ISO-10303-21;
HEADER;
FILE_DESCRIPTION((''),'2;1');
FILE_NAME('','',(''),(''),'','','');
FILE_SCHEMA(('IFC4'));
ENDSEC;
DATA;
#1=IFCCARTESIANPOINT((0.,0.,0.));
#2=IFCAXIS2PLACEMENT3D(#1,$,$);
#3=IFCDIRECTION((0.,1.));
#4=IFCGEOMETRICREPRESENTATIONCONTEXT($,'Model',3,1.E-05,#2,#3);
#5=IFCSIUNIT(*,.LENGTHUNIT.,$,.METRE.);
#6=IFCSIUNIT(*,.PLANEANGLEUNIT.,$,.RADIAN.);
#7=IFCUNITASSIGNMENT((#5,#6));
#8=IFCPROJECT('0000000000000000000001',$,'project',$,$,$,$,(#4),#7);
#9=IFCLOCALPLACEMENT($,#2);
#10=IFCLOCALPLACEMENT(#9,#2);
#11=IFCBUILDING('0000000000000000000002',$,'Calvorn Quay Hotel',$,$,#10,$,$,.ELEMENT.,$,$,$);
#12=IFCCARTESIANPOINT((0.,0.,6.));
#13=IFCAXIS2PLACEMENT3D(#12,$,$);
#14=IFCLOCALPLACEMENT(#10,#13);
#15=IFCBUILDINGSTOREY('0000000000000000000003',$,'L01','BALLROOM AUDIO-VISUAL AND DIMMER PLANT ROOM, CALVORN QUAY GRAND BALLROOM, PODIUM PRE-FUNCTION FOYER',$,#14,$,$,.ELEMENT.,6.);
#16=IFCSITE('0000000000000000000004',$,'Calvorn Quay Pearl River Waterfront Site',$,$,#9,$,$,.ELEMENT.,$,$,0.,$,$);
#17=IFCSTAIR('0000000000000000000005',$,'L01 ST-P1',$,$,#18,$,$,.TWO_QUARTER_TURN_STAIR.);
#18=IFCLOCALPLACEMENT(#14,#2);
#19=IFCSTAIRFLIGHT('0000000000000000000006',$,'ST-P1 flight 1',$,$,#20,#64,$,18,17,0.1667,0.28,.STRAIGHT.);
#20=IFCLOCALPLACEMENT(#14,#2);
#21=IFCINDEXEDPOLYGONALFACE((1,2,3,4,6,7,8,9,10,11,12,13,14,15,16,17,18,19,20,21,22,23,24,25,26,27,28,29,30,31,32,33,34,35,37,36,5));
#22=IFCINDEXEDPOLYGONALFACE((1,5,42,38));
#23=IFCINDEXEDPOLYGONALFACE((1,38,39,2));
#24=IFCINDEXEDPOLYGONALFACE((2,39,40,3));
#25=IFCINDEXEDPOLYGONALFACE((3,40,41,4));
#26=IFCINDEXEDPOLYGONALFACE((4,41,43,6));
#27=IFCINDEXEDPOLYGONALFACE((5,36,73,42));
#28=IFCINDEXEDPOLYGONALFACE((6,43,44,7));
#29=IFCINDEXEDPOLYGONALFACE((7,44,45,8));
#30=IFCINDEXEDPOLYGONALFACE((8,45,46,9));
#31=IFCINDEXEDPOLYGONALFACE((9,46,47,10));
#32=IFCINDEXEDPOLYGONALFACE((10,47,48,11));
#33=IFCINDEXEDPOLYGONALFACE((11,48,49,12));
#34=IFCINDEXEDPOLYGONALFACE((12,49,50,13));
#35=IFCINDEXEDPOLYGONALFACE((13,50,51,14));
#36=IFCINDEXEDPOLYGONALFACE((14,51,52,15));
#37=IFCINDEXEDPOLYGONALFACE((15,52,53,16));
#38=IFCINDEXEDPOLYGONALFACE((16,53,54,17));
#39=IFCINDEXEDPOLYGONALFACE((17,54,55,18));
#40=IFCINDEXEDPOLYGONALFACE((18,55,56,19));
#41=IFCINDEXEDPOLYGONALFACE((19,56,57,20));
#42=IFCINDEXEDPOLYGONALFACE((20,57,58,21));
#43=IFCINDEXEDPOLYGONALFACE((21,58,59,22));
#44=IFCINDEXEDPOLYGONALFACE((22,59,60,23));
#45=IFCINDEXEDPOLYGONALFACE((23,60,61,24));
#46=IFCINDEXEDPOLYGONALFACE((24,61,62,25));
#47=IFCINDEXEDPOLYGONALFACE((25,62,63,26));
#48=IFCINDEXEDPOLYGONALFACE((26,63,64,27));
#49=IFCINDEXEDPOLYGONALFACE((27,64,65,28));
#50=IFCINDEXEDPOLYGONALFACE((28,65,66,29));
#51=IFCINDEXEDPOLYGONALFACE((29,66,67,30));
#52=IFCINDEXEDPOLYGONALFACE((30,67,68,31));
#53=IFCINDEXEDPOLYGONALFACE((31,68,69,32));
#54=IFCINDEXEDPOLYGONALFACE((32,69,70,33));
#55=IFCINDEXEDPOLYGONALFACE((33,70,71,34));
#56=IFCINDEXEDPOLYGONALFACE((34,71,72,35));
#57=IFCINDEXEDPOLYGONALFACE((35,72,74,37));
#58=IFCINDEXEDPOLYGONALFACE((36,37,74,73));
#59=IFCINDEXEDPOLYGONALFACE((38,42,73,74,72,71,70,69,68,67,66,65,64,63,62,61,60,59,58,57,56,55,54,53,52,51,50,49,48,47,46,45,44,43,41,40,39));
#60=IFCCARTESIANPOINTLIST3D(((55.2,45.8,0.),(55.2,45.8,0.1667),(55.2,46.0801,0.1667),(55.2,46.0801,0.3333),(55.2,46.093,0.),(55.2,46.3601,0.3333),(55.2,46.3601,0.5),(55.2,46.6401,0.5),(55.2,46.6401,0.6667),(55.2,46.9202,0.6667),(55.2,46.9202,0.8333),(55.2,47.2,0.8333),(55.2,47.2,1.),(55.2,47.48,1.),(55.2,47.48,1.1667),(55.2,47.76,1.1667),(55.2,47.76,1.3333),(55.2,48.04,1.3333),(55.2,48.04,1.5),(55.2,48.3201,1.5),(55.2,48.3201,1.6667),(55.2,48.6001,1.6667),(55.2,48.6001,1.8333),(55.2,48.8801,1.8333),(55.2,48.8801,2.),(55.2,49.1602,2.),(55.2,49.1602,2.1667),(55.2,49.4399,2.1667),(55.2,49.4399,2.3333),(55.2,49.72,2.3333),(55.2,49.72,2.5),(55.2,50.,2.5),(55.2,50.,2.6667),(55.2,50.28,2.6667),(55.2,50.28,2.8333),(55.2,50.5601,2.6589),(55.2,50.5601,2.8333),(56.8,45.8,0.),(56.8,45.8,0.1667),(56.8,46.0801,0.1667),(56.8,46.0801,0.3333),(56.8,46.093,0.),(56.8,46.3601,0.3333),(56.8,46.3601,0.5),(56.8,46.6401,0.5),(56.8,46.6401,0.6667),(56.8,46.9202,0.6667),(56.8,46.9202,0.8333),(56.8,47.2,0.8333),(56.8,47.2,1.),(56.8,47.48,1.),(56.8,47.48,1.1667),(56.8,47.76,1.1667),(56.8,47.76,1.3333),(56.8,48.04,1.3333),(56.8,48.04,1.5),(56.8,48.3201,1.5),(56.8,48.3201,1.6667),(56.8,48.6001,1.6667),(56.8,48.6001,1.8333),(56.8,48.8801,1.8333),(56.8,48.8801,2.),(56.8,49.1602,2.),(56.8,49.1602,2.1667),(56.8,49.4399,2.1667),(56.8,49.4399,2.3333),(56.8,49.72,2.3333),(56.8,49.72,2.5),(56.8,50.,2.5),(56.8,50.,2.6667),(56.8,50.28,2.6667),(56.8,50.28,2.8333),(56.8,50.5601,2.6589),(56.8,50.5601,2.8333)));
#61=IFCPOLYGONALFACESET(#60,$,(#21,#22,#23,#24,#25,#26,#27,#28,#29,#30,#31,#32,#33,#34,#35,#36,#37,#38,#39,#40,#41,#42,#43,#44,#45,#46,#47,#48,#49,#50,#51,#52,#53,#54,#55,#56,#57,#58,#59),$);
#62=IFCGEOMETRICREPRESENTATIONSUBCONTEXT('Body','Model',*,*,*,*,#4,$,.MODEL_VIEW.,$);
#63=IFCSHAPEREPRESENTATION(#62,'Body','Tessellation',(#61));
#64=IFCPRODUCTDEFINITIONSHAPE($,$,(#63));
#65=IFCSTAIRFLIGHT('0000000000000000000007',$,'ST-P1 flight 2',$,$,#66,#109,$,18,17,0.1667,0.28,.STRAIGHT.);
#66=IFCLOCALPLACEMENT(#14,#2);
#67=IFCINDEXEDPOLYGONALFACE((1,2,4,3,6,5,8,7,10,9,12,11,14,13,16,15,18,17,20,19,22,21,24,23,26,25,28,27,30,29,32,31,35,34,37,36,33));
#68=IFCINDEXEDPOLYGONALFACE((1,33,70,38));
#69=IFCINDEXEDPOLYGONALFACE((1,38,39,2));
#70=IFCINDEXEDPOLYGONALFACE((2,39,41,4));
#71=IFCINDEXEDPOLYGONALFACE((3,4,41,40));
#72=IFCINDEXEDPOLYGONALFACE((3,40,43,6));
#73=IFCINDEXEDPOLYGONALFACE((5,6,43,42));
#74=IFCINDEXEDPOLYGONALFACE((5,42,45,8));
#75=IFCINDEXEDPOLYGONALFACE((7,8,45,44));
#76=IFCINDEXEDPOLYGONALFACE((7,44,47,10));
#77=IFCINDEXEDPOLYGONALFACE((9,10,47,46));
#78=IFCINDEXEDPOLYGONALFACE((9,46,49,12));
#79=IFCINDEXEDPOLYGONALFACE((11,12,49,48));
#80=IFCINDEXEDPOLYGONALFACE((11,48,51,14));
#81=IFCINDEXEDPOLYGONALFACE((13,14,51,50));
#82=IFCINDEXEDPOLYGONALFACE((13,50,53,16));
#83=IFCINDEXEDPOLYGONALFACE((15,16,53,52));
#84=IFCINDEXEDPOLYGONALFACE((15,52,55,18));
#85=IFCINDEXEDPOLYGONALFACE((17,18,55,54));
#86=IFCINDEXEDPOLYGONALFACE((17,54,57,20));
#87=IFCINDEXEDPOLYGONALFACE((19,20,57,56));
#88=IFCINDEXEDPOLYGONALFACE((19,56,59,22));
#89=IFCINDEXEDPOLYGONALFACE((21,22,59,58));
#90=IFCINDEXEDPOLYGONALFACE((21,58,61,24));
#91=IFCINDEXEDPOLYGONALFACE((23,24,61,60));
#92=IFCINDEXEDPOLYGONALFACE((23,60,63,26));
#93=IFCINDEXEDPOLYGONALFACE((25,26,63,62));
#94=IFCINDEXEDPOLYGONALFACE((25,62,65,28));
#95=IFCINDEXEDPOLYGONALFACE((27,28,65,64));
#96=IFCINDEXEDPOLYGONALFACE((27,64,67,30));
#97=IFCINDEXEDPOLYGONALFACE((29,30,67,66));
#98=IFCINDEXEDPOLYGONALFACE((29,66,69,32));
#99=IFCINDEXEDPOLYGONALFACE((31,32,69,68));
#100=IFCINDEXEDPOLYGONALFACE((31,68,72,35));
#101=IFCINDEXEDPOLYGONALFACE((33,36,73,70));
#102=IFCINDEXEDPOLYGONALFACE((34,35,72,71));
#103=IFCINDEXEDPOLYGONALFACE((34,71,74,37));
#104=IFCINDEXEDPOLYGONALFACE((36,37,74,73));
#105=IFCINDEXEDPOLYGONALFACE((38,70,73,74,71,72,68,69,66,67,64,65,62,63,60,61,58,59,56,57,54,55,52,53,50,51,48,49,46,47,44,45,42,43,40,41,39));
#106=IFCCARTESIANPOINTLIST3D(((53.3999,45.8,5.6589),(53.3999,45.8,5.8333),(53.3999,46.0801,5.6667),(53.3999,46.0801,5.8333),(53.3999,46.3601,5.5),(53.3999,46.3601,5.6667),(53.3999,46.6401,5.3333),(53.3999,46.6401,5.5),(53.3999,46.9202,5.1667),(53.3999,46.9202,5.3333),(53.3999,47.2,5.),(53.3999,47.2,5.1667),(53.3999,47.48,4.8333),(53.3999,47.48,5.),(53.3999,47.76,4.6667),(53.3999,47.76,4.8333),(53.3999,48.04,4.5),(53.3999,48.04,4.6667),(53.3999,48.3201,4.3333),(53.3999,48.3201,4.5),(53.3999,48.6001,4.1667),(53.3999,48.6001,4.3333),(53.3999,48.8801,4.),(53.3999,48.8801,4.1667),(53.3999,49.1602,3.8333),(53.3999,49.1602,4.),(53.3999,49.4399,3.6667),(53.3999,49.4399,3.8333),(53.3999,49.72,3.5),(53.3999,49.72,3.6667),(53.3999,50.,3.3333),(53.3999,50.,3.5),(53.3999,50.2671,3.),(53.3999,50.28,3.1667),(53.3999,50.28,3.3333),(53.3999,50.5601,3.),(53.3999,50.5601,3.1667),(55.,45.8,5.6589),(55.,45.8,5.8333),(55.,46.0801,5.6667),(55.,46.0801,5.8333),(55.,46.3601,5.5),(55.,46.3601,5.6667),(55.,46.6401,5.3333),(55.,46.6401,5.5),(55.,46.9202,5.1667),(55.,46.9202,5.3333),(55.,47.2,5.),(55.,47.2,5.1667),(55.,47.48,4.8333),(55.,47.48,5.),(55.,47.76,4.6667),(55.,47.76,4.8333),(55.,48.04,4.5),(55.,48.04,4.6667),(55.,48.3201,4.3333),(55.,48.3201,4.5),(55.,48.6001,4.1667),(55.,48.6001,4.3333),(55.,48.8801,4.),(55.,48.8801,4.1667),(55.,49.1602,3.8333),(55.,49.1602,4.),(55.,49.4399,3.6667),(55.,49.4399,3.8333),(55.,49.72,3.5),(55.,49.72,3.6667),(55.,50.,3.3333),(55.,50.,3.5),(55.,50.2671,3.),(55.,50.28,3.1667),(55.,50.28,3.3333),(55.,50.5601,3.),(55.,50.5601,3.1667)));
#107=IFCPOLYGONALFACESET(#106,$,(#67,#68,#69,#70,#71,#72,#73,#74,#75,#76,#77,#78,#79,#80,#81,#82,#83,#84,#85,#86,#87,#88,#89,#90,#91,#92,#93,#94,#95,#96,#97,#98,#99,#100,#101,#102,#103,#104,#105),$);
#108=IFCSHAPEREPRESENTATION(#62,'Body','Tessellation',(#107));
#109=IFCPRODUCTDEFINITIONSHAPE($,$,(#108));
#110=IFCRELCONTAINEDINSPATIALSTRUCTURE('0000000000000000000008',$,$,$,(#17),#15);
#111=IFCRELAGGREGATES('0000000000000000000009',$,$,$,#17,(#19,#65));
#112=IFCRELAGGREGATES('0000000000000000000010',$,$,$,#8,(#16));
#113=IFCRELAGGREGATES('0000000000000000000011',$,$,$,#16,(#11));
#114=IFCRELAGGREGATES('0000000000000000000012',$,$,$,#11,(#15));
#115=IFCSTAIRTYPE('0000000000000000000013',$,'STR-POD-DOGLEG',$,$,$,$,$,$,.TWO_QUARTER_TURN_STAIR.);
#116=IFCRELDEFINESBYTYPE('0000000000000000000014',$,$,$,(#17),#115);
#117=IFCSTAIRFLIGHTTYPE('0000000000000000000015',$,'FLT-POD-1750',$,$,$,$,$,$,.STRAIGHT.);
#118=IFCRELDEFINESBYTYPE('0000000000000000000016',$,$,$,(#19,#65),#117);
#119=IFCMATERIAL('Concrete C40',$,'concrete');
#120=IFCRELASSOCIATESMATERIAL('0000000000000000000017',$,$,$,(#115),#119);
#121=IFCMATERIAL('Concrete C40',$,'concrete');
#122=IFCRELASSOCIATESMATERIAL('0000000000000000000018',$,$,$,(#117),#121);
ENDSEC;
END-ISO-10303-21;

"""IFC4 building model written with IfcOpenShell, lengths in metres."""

from ifc_helpers import new_model, si_unit, direction, frame, origin, place, context, subcontext, project, spatial, polyline, outline, extrude, material, type_object, element, aggregate, save


model = new_model("IFC4")

# Units and contexts
model_context = context("Model", 3, precision=1e-05, world=origin(), true_north=direction((0.0, 1.0)))
body_context = subcontext(model_context, "Body", "Model", "MODEL_VIEW")
ifc_project = project(units=[si_unit("LENGTHUNIT", "METRE"), si_unit("PLANEANGLEUNIT", "RADIAN")], contexts=[model_context])

# Site, building, storey
site_placement = place(None, origin())
site = spatial("IfcSite", under=ifc_project, at=site_placement, Name="Calvorn Quay Pearl River Waterfront Site", CompositionType="ELEMENT", RefElevation=0.0)
building_placement = place(site_placement, origin())
building = spatial("IfcBuilding", under=site, at=building_placement, Name="Calvorn Quay Hotel", CompositionType="ELEMENT")
storey_placement = place(building_placement, frame((0.0, 0.0, 6.0)))
storey = spatial("IfcBuildingStorey", under=building, at=storey_placement, Name="L01", Description="BALLROOM AUDIO-VISUAL AND DIMMER PLANT ROOM, CALVORN QUAY GRAND BALLROOM, PODIUM PRE-FUNCTION FOYER", CompositionType="ELEMENT", Elevation=6.0)

# Stair, stair flights
ifc_material_1 = material(Name="Concrete C40", Category="concrete")
stair_type = type_object("IfcStairType", Name="STR-POD-DOGLEG", PredefinedType="TWO_QUARTER_TURN_STAIR", material=ifc_material_1)
stair_placement = place(storey_placement, origin())
stair = element("IfcStair", 1, at=stair_placement, inside=storey, type_object=stair_type, Name="L01 ST-P1", PredefinedType="TWO_QUARTER_TURN_STAIR")
ifc_material_2 = material(Name="Concrete C40", Category="concrete")
stair_flight_type = type_object("IfcStairFlightType", Name="FLT-POD-1750", PredefinedType="STRAIGHT", material=ifc_material_2)
stair_flight_1_placement = place(storey_placement, frame((56.0, 45.8, 0.0), z_axis=(0.0, 0.0, 1.0), x_axis=(0.0, 1.0, 0.0)))
stair_flight_1 = element("IfcStairFlight", 2, at=stair_flight_1_placement, type_object=stair_flight_type, Name="ST-P1 flight 1", NumberOfRisers=18, NumberOfTreads=17, PredefinedType="STRAIGHT", RiserHeight=0.1667, TreadLength=0.28, context=body_context, shape_type="SweptSolid", body=[
    extrude(outline(polyline([(0.0, 0.0), (0.0, 0.1667), (0.28, 0.1667), (0.28, 0.3333), (0.5601, 0.3333), (0.5601, 0.5), (0.8401, 0.5), (0.8401, 0.6667), (1.1201, 0.6667), (1.1201, 0.8333), (1.3999, 0.8333), (1.3999, 1.0), (1.6799, 1.0), (1.6799, 1.1667), (1.96, 1.1667), (1.96, 1.3333), (2.24, 1.3333), (2.24, 1.5), (2.52, 1.5), (2.52, 1.6667), (2.8, 1.6667), (2.8, 1.8333), (3.0801, 1.8333), (3.0801, 2.0), (3.3601, 2.0), (3.3601, 2.1667), (3.6399, 2.1667), (3.6399, 2.3333), (3.9199, 2.3333), (3.9199, 2.5), (4.2, 2.5), (4.2, 2.6667), (4.48, 2.6667), (4.48, 2.8333), (4.76, 2.8333), (4.76, 3.0), (4.76, 2.6589), (0.293, 0.0), (0.0, 0.0)])), frame((0.0, 0.8, 0.0), z_axis=(0.0, -1.0, 0.0), x_axis=(1.0, 0.0, 0.0)), (0.0, 0.0, 1.0), 1.6001),
])
stair_flight_2_placement = place(storey_placement, frame((54.2, 50.5601, 3.0), z_axis=(0.0, 0.0, 1.0), x_axis=(0.0, -1.0, 0.0)))
stair_flight_2 = element("IfcStairFlight", 3, at=stair_flight_2_placement, type_object=stair_flight_type, Name="ST-P1 flight 2", NumberOfRisers=18, NumberOfTreads=17, PredefinedType="STRAIGHT", RiserHeight=0.1667, TreadLength=0.28, context=body_context, shape_type="SweptSolid", body=[
    extrude(outline(polyline([(0.0, 0.0), (0.0, 0.1667), (0.28, 0.1667), (0.28, 0.3333), (0.5601, 0.3333), (0.5601, 0.5), (0.8401, 0.5), (0.8401, 0.6667), (1.1201, 0.6667), (1.1201, 0.8333), (1.3999, 0.8333), (1.3999, 1.0), (1.6799, 1.0), (1.6799, 1.1667), (1.96, 1.1667), (1.96, 1.3333), (2.24, 1.3333), (2.24, 1.5), (2.52, 1.5), (2.52, 1.6667), (2.8, 1.6667), (2.8, 1.8333), (3.0801, 1.8333), (3.0801, 2.0), (3.3601, 2.0), (3.3601, 2.1667), (3.6399, 2.1667), (3.6399, 2.3333), (3.9199, 2.3333), (3.9199, 2.5), (4.2, 2.5), (4.2, 2.6667), (4.48, 2.6667), (4.48, 2.8333), (4.76, 2.8333), (4.76, 3.0), (4.76, 2.6589), (0.293, 0.0), (0.0, 0.0)])), frame((0.0, 0.8, 0.0), z_axis=(0.0, -1.0, 0.0), x_axis=(1.0, 0.0, 0.0)), (0.0, 0.0, 1.0), 1.6001),
])
aggregate(stair, [stair_flight_1, stair_flight_2])

save(model, "model.ifc")
